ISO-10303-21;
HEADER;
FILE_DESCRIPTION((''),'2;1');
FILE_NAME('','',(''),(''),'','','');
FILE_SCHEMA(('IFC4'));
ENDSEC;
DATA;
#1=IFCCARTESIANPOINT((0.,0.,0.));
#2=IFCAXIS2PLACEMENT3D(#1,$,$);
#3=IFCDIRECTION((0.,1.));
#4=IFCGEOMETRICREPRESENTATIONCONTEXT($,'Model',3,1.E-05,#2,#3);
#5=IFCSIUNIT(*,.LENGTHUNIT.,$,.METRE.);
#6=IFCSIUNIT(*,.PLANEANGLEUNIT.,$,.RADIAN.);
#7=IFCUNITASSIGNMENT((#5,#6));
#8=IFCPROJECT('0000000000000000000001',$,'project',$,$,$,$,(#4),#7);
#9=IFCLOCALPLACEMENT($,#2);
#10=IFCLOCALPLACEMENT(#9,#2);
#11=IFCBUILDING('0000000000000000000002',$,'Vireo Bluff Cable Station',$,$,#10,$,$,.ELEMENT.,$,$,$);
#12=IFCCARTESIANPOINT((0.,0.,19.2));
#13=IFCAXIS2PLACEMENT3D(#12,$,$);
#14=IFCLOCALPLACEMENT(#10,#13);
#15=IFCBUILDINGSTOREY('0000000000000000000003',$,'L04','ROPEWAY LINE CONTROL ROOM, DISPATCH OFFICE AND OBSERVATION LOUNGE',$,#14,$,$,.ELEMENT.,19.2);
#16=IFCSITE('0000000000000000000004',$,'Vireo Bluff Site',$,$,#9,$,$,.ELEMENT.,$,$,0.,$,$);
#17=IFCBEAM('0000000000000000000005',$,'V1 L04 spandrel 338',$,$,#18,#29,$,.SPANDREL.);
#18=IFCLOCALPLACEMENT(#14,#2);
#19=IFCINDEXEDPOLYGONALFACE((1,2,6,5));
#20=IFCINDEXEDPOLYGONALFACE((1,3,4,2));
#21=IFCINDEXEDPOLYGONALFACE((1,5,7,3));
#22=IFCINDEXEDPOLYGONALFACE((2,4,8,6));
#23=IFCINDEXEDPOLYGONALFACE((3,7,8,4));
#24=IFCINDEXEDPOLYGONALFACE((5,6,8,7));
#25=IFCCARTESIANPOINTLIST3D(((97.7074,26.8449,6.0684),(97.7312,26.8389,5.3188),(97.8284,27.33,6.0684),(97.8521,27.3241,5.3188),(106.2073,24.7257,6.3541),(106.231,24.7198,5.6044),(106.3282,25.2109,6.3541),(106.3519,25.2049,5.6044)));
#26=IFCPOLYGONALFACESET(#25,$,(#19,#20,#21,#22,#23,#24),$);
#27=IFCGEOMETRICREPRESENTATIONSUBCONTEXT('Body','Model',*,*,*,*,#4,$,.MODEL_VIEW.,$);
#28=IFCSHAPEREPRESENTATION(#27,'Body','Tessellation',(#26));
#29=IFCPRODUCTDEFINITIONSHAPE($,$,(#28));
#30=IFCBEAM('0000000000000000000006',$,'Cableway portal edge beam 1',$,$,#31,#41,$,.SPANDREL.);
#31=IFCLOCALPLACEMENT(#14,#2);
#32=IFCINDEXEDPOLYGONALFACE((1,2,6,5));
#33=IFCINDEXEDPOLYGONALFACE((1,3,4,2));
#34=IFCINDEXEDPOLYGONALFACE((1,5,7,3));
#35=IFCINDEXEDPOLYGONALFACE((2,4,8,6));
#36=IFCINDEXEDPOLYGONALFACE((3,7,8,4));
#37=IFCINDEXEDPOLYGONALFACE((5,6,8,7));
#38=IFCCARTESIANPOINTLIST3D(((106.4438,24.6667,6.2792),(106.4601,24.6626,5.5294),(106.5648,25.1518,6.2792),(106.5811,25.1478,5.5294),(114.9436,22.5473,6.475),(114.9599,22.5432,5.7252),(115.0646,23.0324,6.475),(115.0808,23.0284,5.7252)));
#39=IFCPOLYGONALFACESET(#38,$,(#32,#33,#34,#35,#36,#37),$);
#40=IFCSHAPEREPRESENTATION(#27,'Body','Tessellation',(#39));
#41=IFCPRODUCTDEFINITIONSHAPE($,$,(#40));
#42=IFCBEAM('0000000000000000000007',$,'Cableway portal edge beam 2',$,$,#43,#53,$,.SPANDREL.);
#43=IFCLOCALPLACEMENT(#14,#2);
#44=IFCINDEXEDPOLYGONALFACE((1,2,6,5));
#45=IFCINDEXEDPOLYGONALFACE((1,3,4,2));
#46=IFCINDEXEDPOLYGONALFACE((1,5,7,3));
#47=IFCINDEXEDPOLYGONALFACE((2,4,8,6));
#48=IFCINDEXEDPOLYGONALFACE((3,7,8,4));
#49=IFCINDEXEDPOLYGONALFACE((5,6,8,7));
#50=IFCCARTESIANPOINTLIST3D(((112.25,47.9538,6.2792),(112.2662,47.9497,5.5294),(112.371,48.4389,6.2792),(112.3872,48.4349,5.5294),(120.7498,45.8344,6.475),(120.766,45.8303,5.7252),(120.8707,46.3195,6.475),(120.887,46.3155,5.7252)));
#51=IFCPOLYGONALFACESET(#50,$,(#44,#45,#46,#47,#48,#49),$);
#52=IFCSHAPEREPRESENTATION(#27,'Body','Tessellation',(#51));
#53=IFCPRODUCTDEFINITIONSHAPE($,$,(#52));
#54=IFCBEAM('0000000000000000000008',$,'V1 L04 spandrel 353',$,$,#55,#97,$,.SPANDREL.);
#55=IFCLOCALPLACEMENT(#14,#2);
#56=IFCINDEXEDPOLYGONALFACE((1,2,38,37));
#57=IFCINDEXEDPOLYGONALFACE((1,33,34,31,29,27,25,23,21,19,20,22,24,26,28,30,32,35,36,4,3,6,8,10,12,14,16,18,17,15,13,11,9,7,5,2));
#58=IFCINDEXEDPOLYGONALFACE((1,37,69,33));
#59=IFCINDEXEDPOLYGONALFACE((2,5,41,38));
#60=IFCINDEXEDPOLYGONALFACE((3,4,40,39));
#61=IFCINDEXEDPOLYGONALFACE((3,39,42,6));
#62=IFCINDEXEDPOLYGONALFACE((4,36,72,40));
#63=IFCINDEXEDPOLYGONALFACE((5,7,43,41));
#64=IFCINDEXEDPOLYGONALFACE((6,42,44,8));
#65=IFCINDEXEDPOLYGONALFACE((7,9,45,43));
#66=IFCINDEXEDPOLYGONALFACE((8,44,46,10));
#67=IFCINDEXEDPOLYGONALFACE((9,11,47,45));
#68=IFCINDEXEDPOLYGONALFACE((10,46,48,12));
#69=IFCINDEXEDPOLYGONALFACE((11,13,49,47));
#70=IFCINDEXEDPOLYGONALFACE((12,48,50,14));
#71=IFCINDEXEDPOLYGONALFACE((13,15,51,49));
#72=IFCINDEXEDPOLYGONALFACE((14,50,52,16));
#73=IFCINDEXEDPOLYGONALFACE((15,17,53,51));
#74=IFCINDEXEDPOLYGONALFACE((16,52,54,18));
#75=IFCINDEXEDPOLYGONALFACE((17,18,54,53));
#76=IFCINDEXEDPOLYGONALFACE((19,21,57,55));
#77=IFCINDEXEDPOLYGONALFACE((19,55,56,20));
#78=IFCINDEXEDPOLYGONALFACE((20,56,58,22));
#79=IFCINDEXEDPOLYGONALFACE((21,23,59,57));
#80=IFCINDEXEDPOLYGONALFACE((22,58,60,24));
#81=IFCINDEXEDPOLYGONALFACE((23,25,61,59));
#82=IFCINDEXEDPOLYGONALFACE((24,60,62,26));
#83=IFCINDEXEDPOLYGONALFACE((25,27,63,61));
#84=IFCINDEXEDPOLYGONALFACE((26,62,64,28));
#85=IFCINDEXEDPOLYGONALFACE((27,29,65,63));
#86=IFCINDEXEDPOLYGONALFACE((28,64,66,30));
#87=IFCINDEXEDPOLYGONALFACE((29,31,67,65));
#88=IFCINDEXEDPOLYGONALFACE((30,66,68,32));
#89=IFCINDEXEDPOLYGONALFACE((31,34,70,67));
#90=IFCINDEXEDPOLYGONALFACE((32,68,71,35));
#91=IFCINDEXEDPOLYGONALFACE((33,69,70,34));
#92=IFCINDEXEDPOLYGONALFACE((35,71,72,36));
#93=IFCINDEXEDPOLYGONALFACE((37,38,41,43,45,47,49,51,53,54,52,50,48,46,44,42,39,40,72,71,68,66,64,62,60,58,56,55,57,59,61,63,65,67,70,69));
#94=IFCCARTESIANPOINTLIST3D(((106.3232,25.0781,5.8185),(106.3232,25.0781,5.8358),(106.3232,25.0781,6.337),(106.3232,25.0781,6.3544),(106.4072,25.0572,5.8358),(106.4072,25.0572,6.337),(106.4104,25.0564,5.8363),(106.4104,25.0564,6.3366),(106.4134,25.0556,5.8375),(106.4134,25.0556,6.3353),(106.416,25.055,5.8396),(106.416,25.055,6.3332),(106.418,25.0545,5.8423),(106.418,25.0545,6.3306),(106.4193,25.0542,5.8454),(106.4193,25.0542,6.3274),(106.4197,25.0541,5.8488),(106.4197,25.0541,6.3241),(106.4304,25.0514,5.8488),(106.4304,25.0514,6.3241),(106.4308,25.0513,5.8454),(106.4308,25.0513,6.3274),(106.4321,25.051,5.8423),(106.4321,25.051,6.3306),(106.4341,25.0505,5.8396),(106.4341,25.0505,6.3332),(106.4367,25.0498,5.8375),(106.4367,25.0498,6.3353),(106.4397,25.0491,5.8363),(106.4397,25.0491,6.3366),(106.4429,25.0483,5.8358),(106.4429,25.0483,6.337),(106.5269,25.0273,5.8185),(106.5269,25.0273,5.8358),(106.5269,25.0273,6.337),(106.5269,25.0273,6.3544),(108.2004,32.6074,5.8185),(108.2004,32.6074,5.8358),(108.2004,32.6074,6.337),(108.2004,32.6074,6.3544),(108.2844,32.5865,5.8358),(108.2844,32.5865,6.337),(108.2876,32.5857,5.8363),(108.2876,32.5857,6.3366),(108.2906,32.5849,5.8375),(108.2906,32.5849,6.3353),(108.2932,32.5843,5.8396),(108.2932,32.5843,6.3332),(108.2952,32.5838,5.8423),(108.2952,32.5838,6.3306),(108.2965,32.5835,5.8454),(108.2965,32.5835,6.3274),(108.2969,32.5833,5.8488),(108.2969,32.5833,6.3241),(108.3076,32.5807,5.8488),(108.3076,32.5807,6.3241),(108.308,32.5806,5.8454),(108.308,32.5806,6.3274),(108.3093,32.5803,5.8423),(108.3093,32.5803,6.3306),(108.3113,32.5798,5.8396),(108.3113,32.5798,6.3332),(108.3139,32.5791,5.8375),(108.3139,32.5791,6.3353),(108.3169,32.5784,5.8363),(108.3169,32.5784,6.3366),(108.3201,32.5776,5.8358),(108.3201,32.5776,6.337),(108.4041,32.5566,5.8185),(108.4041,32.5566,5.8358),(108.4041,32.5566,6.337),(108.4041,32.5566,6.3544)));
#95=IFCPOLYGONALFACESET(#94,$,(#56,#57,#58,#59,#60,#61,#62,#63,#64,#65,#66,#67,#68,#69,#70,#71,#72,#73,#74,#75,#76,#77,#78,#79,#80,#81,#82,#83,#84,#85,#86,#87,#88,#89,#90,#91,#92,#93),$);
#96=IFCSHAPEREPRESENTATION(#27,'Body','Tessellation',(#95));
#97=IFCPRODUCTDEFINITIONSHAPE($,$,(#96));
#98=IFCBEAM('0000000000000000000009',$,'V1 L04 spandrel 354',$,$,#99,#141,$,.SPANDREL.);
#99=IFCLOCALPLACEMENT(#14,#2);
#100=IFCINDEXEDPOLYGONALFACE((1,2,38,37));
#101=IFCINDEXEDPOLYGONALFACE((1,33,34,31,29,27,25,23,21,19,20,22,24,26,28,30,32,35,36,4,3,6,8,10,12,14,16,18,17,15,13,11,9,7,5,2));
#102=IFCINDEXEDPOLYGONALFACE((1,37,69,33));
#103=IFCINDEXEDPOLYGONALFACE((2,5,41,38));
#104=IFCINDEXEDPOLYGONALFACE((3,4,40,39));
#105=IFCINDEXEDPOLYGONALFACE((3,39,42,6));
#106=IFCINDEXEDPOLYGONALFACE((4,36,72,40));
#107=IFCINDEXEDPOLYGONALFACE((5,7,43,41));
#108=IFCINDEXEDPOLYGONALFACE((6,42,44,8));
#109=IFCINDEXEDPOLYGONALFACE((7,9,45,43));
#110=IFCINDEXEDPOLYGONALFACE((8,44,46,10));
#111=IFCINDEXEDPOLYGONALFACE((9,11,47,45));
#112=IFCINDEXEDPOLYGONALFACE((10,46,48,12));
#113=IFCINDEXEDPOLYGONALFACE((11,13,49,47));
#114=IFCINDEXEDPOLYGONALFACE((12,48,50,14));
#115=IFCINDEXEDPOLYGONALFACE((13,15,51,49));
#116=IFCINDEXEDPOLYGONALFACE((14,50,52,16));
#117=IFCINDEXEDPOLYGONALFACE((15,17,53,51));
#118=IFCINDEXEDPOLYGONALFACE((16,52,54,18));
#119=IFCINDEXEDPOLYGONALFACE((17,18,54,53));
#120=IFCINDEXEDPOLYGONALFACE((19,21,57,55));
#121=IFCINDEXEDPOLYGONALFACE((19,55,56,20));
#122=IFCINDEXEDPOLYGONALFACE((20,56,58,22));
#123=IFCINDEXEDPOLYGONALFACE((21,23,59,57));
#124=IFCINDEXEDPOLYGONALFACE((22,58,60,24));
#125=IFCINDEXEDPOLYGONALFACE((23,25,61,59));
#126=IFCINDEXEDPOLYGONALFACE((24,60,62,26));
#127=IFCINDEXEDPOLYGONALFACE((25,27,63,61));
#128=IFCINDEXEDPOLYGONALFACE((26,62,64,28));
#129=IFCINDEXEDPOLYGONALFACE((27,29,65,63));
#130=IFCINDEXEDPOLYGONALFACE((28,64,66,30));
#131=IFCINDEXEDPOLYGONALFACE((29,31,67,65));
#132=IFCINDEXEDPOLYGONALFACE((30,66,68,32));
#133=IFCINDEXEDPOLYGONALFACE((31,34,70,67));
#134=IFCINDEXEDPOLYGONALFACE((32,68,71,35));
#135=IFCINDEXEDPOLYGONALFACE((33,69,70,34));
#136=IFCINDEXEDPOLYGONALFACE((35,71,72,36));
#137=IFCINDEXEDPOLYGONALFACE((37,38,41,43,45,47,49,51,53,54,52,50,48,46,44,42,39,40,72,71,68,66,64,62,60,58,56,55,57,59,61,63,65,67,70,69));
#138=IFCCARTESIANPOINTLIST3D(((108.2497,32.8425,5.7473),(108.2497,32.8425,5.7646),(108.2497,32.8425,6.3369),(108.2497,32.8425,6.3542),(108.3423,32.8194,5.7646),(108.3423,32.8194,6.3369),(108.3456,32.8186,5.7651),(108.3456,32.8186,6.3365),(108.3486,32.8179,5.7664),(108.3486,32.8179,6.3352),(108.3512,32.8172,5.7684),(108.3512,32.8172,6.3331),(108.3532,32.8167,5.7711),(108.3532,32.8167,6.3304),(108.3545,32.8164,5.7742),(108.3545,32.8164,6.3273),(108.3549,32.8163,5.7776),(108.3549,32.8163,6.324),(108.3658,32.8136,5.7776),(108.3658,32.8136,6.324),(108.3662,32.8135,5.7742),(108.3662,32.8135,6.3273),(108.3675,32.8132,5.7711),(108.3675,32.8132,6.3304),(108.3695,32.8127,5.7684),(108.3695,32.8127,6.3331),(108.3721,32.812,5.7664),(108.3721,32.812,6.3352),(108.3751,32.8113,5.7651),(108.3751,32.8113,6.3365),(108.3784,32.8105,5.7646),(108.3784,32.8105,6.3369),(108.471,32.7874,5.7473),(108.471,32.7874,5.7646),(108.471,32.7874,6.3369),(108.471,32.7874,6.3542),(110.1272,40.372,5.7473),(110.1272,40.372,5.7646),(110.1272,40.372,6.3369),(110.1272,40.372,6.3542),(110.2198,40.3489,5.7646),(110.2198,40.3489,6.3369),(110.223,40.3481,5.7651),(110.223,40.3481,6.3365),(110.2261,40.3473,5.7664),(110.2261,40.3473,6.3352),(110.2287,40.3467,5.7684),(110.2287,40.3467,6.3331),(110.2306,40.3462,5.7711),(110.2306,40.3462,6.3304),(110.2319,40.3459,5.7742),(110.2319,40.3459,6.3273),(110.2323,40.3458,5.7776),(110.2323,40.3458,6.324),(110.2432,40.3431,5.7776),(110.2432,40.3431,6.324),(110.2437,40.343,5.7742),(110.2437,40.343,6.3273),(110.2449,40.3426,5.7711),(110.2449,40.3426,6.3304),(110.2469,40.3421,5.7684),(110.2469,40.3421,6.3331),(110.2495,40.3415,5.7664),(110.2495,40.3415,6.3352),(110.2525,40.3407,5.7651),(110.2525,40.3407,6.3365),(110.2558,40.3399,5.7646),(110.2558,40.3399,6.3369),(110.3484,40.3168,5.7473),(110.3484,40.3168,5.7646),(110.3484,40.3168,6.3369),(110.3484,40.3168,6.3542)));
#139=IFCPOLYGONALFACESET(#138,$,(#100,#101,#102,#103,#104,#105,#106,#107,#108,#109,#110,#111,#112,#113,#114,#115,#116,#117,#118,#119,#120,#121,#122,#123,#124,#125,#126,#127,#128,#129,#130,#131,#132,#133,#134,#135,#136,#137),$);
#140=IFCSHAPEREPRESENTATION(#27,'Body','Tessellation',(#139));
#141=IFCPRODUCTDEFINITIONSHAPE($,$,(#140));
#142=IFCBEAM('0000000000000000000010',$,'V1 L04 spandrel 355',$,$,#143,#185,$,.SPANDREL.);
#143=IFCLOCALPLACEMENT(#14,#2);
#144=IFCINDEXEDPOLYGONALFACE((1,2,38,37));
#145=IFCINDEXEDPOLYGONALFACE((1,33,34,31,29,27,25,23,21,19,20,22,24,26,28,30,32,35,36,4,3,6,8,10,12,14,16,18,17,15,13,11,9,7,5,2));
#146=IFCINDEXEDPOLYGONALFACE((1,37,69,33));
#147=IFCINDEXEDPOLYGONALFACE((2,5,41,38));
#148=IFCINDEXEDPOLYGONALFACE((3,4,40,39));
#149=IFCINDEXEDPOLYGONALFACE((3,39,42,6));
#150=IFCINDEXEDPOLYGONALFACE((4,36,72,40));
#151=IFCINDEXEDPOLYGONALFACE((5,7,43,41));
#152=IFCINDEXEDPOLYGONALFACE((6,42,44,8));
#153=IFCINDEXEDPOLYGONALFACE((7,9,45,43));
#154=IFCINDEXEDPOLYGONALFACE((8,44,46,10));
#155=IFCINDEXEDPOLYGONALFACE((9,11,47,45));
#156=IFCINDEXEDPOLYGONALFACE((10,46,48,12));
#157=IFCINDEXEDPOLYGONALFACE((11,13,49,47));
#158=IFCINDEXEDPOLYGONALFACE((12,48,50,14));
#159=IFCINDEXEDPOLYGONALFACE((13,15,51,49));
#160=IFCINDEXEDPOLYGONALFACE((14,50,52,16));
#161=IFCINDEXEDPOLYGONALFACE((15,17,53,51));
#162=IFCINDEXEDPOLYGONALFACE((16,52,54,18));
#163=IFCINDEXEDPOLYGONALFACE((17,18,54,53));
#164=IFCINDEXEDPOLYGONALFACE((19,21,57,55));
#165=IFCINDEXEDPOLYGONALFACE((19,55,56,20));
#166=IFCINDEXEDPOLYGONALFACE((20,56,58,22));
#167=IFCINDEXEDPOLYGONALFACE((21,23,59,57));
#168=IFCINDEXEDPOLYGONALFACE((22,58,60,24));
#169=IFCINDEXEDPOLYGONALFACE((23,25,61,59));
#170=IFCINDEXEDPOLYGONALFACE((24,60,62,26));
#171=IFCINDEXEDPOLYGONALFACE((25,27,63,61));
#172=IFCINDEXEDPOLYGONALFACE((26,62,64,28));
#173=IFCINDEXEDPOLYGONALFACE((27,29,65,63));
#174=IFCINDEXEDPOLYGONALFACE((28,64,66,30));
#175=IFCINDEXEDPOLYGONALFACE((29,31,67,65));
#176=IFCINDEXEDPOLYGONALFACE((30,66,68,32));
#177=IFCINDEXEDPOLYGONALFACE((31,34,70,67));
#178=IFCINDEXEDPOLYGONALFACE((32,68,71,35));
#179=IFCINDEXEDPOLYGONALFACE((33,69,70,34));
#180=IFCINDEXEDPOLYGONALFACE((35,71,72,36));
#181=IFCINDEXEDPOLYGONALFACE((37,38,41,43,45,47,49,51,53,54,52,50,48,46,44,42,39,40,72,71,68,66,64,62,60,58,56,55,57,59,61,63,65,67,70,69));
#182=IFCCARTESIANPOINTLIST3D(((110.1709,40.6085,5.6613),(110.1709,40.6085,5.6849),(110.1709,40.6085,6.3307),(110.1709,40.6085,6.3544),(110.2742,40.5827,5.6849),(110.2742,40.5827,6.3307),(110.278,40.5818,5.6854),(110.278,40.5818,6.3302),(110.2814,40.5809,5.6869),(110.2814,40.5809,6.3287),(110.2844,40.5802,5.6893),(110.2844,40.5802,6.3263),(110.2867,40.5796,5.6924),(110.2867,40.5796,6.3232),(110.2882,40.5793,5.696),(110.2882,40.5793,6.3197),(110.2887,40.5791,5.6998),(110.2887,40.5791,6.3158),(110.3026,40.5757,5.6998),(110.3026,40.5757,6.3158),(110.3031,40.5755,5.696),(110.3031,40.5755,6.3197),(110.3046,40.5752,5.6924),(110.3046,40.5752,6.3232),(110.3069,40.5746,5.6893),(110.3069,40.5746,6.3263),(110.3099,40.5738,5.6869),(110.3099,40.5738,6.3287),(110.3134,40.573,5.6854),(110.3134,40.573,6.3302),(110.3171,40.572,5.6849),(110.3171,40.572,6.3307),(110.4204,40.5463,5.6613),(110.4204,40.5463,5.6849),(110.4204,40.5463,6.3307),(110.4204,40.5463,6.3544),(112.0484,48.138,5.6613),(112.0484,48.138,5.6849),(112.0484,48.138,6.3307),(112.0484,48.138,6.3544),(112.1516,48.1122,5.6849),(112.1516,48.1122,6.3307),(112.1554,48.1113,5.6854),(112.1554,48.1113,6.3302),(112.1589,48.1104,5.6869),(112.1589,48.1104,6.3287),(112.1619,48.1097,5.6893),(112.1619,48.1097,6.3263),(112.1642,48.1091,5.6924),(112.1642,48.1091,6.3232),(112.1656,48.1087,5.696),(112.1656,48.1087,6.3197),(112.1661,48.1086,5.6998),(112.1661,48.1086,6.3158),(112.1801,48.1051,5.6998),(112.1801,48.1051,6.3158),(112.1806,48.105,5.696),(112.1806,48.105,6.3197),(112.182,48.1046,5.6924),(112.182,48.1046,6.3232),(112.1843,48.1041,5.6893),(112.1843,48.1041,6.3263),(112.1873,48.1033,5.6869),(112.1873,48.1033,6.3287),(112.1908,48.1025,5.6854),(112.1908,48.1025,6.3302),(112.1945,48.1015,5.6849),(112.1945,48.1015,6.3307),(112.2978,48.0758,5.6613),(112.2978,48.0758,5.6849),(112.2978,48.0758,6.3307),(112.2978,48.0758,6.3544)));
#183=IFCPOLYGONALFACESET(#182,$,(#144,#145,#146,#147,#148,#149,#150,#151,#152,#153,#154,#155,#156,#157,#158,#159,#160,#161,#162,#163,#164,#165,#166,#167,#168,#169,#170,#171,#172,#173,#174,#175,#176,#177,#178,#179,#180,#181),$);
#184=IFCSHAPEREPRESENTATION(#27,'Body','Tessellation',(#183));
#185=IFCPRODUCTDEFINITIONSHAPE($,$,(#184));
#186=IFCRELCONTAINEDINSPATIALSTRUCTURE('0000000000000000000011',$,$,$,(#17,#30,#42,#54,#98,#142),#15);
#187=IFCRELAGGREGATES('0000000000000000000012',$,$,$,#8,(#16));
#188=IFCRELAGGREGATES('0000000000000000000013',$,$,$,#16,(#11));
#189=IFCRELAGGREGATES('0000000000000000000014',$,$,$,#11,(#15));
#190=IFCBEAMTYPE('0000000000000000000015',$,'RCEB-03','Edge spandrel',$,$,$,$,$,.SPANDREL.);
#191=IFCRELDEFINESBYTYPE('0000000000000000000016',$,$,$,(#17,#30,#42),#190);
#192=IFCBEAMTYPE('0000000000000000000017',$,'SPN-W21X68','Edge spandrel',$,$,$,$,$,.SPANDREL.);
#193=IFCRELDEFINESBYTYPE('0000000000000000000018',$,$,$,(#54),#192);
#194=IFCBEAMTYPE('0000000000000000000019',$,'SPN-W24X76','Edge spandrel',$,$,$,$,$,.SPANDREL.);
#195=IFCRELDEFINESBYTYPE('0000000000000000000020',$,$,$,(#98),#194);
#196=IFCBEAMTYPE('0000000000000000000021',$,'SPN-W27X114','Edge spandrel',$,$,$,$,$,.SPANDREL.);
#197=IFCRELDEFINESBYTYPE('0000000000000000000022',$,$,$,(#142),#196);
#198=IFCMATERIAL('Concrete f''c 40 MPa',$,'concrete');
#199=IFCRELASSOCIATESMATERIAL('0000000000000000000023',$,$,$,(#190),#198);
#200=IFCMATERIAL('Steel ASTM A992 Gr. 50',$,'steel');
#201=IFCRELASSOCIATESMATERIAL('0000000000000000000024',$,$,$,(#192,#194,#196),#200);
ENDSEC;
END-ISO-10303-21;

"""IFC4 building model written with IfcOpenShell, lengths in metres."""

from ifc_helpers import new_model, si_unit, direction, frame, origin, origin_2d, place, context, subcontext, project, spatial, rectangle, i_section, extrude, material, material_profile, profile_set, type_object, element, save


model = new_model("IFC4")

# Units and contexts
model_context = context("Model", 3, precision=1e-05, world=origin(), true_north=direction((0.0, 1.0)))
body_context = subcontext(model_context, "Body", "Model", "MODEL_VIEW")
ifc_project = project(units=[si_unit("LENGTHUNIT", "METRE"), si_unit("PLANEANGLEUNIT", "RADIAN")], contexts=[model_context])

# Site, building, storey
site_placement = place(None, origin())
site = spatial("IfcSite", under=ifc_project, at=site_placement, Name="Vireo Bluff Site", CompositionType="ELEMENT", RefElevation=0.0)
building_placement = place(site_placement, origin())
building = spatial("IfcBuilding", under=site, at=building_placement, Name="Vireo Bluff Cable Station", CompositionType="ELEMENT")
storey_placement = place(building_placement, frame((0.0, 0.0, 19.2)))
storey = spatial("IfcBuildingStorey", under=building, at=storey_placement, Name="L04", Description="ROPEWAY LINE CONTROL ROOM, DISPATCH OFFICE AND OBSERVATION LOUNGE", CompositionType="ELEMENT", Elevation=19.2)

# Shared definitions
ifc_material_1 = material(Name="Steel ASTM A992 Gr. 50", Category="steel")

# Beams
ifc_material_2 = material(Name="Concrete f'c 40 MPa", Category="concrete")
ifc_material_profile_1 = material_profile(ifc_material_2, rectangle(XDim=0.5, YDim=0.75, at=origin_2d()), Name="RC-EB-500X750")
ifc_profile_set_1 = profile_set([ifc_material_profile_1], Name="Concrete f'c 40 MPa")
beam_type_1 = type_object("IfcBeamType", Name="RCEB-03", Description="Edge spandrel", PredefinedType="SPANDREL", material=ifc_profile_set_1)
for number, where, z_axis, x_axis, name in (
    (1, (97.7798, 27.0845, 5.6936), (0.969783, -0.241784, 0.032591), (0.241913, 0.970298, 0.0), "V1 L04 spandrel 338"),
):
    element("IfcBeam", number, at=place(storey_placement, frame(where, z_axis=z_axis, x_axis=x_axis)), inside=storey, type_object=beam_type_1, Name=name, PredefinedType="SPANDREL", context=body_context, shape_type="SweptSolid", body=[
        extrude(rectangle(XDim=0.5, YDim=0.75, at=origin_2d()), origin(), (0.0, 0.0, 1.0), 8.7646),
    ])
for number, where, z_axis, x_axis, name in (
    (2, (106.5125, 24.9072, 5.9043), (0.970049, -0.241878, 0.022346), (0.241939, 0.970292, 0.0), "Cableway portal edge beam 1"),
    (3, (112.3186, 48.1943, 5.9043), (0.970049, -0.241878, 0.022346), (0.241939, 0.970292, 0.0), "Cableway portal edge beam 2"),
):
    element("IfcBeam", number, at=place(storey_placement, frame(where, z_axis=z_axis, x_axis=x_axis)), inside=storey, type_object=beam_type_1, Name=name, PredefinedType="SPANDREL", context=body_context, shape_type="SweptSolid", body=[
        extrude(rectangle(XDim=0.5, YDim=0.75, at=origin_2d()), origin(), (0.0, 0.0, 1.0), 8.7622),
    ])
ifc_material_profile_2 = material_profile(ifc_material_1, i_section(OverallWidth=0.21, OverallDepth=0.5359, WebThickness=0.011, FlangeThickness=0.0173, FilletRadius=0.0129, at=origin_2d()), Name="W21X68")
ifc_profile_set_2 = profile_set([ifc_material_profile_2], Name="Steel ASTM A992 Gr. 50")
beam_type_2 = type_object("IfcBeamType", Name="SPN-W21X68", Description="Edge spandrel", PredefinedType="SPANDREL", material=ifc_profile_set_2)
beam_1_placement = place(storey_placement, frame((106.425, 25.0527, 6.0864), z_axis=(0.241914, 0.970298, 0.0), x_axis=(-0.970298, 0.241914, 0.0)))
element("IfcBeam", 4, at=beam_1_placement, inside=storey, type_object=beam_type_2, Name="V1 L04 spandrel 353", PredefinedType="SPANDREL", context=body_context, shape_type="SweptSolid", body=[
    extrude(i_section(OverallWidth=0.21, OverallDepth=0.5359, WebThickness=0.011, FlangeThickness=0.0173, FilletRadius=0.0129, at=origin_2d()), origin(), (0.0, 0.0, 1.0), 7.7598),
])
ifc_material_profile_3 = material_profile(ifc_material_1, i_section(OverallWidth=0.228, OverallDepth=0.6069, WebThickness=0.0112, FlangeThickness=0.0173, FilletRadius=0.0129, at=origin_2d()), Name="W24X76")
ifc_profile_set_3 = profile_set([ifc_material_profile_3], Name="Steel ASTM A992 Gr. 50")
beam_type_3 = type_object("IfcBeamType", Name="SPN-W24X76", Description="Edge spandrel", PredefinedType="SPANDREL", material=ifc_profile_set_3)
beam_2_placement = place(storey_placement, frame((108.3604, 32.8149, 6.0508), z_axis=(0.241936, 0.970292, 0.0), x_axis=(-0.970292, 0.241936, 0.0)))
element("IfcBeam", 5, at=beam_2_placement, inside=storey, type_object=beam_type_3, Name="V1 L04 spandrel 354", PredefinedType="SPANDREL", context=body_context, shape_type="SweptSolid", body=[
    extrude(i_section(OverallWidth=0.228, OverallDepth=0.6069, WebThickness=0.0112, FlangeThickness=0.0173, FilletRadius=0.0129, at=origin_2d()), origin(), (0.0, 0.0, 1.0), 7.76),
])
ifc_material_profile_4 = material_profile(ifc_material_1, i_section(OverallWidth=0.2571, OverallDepth=0.6931, WebThickness=0.0144, FlangeThickness=0.0237, FilletRadius=0.0149, at=origin_2d()), Name="W27X114")
ifc_profile_set_4 = profile_set([ifc_material_profile_4], Name="Steel ASTM A992 Gr. 50")
beam_type_4 = type_object("IfcBeamType", Name="SPN-W27X114", Description="Edge spandrel", PredefinedType="SPANDREL", material=ifc_profile_set_4)
beam_3_placement = place(storey_placement, frame((110.2957, 40.5774, 6.0078), z_axis=(0.241936, 0.970292, 0.0), x_axis=(-0.970292, 0.241936, 0.0)))
element("IfcBeam", 6, at=beam_3_placement, inside=storey, type_object=beam_type_4, Name="V1 L04 spandrel 355", PredefinedType="SPANDREL", context=body_context, shape_type="SweptSolid", body=[
    extrude(i_section(OverallWidth=0.2571, OverallDepth=0.6931, WebThickness=0.0144, FlangeThickness=0.0237, FilletRadius=0.0149, at=origin_2d()), origin(), (0.0, 0.0, 1.0), 7.76),
])

save(model, "model.ifc")
